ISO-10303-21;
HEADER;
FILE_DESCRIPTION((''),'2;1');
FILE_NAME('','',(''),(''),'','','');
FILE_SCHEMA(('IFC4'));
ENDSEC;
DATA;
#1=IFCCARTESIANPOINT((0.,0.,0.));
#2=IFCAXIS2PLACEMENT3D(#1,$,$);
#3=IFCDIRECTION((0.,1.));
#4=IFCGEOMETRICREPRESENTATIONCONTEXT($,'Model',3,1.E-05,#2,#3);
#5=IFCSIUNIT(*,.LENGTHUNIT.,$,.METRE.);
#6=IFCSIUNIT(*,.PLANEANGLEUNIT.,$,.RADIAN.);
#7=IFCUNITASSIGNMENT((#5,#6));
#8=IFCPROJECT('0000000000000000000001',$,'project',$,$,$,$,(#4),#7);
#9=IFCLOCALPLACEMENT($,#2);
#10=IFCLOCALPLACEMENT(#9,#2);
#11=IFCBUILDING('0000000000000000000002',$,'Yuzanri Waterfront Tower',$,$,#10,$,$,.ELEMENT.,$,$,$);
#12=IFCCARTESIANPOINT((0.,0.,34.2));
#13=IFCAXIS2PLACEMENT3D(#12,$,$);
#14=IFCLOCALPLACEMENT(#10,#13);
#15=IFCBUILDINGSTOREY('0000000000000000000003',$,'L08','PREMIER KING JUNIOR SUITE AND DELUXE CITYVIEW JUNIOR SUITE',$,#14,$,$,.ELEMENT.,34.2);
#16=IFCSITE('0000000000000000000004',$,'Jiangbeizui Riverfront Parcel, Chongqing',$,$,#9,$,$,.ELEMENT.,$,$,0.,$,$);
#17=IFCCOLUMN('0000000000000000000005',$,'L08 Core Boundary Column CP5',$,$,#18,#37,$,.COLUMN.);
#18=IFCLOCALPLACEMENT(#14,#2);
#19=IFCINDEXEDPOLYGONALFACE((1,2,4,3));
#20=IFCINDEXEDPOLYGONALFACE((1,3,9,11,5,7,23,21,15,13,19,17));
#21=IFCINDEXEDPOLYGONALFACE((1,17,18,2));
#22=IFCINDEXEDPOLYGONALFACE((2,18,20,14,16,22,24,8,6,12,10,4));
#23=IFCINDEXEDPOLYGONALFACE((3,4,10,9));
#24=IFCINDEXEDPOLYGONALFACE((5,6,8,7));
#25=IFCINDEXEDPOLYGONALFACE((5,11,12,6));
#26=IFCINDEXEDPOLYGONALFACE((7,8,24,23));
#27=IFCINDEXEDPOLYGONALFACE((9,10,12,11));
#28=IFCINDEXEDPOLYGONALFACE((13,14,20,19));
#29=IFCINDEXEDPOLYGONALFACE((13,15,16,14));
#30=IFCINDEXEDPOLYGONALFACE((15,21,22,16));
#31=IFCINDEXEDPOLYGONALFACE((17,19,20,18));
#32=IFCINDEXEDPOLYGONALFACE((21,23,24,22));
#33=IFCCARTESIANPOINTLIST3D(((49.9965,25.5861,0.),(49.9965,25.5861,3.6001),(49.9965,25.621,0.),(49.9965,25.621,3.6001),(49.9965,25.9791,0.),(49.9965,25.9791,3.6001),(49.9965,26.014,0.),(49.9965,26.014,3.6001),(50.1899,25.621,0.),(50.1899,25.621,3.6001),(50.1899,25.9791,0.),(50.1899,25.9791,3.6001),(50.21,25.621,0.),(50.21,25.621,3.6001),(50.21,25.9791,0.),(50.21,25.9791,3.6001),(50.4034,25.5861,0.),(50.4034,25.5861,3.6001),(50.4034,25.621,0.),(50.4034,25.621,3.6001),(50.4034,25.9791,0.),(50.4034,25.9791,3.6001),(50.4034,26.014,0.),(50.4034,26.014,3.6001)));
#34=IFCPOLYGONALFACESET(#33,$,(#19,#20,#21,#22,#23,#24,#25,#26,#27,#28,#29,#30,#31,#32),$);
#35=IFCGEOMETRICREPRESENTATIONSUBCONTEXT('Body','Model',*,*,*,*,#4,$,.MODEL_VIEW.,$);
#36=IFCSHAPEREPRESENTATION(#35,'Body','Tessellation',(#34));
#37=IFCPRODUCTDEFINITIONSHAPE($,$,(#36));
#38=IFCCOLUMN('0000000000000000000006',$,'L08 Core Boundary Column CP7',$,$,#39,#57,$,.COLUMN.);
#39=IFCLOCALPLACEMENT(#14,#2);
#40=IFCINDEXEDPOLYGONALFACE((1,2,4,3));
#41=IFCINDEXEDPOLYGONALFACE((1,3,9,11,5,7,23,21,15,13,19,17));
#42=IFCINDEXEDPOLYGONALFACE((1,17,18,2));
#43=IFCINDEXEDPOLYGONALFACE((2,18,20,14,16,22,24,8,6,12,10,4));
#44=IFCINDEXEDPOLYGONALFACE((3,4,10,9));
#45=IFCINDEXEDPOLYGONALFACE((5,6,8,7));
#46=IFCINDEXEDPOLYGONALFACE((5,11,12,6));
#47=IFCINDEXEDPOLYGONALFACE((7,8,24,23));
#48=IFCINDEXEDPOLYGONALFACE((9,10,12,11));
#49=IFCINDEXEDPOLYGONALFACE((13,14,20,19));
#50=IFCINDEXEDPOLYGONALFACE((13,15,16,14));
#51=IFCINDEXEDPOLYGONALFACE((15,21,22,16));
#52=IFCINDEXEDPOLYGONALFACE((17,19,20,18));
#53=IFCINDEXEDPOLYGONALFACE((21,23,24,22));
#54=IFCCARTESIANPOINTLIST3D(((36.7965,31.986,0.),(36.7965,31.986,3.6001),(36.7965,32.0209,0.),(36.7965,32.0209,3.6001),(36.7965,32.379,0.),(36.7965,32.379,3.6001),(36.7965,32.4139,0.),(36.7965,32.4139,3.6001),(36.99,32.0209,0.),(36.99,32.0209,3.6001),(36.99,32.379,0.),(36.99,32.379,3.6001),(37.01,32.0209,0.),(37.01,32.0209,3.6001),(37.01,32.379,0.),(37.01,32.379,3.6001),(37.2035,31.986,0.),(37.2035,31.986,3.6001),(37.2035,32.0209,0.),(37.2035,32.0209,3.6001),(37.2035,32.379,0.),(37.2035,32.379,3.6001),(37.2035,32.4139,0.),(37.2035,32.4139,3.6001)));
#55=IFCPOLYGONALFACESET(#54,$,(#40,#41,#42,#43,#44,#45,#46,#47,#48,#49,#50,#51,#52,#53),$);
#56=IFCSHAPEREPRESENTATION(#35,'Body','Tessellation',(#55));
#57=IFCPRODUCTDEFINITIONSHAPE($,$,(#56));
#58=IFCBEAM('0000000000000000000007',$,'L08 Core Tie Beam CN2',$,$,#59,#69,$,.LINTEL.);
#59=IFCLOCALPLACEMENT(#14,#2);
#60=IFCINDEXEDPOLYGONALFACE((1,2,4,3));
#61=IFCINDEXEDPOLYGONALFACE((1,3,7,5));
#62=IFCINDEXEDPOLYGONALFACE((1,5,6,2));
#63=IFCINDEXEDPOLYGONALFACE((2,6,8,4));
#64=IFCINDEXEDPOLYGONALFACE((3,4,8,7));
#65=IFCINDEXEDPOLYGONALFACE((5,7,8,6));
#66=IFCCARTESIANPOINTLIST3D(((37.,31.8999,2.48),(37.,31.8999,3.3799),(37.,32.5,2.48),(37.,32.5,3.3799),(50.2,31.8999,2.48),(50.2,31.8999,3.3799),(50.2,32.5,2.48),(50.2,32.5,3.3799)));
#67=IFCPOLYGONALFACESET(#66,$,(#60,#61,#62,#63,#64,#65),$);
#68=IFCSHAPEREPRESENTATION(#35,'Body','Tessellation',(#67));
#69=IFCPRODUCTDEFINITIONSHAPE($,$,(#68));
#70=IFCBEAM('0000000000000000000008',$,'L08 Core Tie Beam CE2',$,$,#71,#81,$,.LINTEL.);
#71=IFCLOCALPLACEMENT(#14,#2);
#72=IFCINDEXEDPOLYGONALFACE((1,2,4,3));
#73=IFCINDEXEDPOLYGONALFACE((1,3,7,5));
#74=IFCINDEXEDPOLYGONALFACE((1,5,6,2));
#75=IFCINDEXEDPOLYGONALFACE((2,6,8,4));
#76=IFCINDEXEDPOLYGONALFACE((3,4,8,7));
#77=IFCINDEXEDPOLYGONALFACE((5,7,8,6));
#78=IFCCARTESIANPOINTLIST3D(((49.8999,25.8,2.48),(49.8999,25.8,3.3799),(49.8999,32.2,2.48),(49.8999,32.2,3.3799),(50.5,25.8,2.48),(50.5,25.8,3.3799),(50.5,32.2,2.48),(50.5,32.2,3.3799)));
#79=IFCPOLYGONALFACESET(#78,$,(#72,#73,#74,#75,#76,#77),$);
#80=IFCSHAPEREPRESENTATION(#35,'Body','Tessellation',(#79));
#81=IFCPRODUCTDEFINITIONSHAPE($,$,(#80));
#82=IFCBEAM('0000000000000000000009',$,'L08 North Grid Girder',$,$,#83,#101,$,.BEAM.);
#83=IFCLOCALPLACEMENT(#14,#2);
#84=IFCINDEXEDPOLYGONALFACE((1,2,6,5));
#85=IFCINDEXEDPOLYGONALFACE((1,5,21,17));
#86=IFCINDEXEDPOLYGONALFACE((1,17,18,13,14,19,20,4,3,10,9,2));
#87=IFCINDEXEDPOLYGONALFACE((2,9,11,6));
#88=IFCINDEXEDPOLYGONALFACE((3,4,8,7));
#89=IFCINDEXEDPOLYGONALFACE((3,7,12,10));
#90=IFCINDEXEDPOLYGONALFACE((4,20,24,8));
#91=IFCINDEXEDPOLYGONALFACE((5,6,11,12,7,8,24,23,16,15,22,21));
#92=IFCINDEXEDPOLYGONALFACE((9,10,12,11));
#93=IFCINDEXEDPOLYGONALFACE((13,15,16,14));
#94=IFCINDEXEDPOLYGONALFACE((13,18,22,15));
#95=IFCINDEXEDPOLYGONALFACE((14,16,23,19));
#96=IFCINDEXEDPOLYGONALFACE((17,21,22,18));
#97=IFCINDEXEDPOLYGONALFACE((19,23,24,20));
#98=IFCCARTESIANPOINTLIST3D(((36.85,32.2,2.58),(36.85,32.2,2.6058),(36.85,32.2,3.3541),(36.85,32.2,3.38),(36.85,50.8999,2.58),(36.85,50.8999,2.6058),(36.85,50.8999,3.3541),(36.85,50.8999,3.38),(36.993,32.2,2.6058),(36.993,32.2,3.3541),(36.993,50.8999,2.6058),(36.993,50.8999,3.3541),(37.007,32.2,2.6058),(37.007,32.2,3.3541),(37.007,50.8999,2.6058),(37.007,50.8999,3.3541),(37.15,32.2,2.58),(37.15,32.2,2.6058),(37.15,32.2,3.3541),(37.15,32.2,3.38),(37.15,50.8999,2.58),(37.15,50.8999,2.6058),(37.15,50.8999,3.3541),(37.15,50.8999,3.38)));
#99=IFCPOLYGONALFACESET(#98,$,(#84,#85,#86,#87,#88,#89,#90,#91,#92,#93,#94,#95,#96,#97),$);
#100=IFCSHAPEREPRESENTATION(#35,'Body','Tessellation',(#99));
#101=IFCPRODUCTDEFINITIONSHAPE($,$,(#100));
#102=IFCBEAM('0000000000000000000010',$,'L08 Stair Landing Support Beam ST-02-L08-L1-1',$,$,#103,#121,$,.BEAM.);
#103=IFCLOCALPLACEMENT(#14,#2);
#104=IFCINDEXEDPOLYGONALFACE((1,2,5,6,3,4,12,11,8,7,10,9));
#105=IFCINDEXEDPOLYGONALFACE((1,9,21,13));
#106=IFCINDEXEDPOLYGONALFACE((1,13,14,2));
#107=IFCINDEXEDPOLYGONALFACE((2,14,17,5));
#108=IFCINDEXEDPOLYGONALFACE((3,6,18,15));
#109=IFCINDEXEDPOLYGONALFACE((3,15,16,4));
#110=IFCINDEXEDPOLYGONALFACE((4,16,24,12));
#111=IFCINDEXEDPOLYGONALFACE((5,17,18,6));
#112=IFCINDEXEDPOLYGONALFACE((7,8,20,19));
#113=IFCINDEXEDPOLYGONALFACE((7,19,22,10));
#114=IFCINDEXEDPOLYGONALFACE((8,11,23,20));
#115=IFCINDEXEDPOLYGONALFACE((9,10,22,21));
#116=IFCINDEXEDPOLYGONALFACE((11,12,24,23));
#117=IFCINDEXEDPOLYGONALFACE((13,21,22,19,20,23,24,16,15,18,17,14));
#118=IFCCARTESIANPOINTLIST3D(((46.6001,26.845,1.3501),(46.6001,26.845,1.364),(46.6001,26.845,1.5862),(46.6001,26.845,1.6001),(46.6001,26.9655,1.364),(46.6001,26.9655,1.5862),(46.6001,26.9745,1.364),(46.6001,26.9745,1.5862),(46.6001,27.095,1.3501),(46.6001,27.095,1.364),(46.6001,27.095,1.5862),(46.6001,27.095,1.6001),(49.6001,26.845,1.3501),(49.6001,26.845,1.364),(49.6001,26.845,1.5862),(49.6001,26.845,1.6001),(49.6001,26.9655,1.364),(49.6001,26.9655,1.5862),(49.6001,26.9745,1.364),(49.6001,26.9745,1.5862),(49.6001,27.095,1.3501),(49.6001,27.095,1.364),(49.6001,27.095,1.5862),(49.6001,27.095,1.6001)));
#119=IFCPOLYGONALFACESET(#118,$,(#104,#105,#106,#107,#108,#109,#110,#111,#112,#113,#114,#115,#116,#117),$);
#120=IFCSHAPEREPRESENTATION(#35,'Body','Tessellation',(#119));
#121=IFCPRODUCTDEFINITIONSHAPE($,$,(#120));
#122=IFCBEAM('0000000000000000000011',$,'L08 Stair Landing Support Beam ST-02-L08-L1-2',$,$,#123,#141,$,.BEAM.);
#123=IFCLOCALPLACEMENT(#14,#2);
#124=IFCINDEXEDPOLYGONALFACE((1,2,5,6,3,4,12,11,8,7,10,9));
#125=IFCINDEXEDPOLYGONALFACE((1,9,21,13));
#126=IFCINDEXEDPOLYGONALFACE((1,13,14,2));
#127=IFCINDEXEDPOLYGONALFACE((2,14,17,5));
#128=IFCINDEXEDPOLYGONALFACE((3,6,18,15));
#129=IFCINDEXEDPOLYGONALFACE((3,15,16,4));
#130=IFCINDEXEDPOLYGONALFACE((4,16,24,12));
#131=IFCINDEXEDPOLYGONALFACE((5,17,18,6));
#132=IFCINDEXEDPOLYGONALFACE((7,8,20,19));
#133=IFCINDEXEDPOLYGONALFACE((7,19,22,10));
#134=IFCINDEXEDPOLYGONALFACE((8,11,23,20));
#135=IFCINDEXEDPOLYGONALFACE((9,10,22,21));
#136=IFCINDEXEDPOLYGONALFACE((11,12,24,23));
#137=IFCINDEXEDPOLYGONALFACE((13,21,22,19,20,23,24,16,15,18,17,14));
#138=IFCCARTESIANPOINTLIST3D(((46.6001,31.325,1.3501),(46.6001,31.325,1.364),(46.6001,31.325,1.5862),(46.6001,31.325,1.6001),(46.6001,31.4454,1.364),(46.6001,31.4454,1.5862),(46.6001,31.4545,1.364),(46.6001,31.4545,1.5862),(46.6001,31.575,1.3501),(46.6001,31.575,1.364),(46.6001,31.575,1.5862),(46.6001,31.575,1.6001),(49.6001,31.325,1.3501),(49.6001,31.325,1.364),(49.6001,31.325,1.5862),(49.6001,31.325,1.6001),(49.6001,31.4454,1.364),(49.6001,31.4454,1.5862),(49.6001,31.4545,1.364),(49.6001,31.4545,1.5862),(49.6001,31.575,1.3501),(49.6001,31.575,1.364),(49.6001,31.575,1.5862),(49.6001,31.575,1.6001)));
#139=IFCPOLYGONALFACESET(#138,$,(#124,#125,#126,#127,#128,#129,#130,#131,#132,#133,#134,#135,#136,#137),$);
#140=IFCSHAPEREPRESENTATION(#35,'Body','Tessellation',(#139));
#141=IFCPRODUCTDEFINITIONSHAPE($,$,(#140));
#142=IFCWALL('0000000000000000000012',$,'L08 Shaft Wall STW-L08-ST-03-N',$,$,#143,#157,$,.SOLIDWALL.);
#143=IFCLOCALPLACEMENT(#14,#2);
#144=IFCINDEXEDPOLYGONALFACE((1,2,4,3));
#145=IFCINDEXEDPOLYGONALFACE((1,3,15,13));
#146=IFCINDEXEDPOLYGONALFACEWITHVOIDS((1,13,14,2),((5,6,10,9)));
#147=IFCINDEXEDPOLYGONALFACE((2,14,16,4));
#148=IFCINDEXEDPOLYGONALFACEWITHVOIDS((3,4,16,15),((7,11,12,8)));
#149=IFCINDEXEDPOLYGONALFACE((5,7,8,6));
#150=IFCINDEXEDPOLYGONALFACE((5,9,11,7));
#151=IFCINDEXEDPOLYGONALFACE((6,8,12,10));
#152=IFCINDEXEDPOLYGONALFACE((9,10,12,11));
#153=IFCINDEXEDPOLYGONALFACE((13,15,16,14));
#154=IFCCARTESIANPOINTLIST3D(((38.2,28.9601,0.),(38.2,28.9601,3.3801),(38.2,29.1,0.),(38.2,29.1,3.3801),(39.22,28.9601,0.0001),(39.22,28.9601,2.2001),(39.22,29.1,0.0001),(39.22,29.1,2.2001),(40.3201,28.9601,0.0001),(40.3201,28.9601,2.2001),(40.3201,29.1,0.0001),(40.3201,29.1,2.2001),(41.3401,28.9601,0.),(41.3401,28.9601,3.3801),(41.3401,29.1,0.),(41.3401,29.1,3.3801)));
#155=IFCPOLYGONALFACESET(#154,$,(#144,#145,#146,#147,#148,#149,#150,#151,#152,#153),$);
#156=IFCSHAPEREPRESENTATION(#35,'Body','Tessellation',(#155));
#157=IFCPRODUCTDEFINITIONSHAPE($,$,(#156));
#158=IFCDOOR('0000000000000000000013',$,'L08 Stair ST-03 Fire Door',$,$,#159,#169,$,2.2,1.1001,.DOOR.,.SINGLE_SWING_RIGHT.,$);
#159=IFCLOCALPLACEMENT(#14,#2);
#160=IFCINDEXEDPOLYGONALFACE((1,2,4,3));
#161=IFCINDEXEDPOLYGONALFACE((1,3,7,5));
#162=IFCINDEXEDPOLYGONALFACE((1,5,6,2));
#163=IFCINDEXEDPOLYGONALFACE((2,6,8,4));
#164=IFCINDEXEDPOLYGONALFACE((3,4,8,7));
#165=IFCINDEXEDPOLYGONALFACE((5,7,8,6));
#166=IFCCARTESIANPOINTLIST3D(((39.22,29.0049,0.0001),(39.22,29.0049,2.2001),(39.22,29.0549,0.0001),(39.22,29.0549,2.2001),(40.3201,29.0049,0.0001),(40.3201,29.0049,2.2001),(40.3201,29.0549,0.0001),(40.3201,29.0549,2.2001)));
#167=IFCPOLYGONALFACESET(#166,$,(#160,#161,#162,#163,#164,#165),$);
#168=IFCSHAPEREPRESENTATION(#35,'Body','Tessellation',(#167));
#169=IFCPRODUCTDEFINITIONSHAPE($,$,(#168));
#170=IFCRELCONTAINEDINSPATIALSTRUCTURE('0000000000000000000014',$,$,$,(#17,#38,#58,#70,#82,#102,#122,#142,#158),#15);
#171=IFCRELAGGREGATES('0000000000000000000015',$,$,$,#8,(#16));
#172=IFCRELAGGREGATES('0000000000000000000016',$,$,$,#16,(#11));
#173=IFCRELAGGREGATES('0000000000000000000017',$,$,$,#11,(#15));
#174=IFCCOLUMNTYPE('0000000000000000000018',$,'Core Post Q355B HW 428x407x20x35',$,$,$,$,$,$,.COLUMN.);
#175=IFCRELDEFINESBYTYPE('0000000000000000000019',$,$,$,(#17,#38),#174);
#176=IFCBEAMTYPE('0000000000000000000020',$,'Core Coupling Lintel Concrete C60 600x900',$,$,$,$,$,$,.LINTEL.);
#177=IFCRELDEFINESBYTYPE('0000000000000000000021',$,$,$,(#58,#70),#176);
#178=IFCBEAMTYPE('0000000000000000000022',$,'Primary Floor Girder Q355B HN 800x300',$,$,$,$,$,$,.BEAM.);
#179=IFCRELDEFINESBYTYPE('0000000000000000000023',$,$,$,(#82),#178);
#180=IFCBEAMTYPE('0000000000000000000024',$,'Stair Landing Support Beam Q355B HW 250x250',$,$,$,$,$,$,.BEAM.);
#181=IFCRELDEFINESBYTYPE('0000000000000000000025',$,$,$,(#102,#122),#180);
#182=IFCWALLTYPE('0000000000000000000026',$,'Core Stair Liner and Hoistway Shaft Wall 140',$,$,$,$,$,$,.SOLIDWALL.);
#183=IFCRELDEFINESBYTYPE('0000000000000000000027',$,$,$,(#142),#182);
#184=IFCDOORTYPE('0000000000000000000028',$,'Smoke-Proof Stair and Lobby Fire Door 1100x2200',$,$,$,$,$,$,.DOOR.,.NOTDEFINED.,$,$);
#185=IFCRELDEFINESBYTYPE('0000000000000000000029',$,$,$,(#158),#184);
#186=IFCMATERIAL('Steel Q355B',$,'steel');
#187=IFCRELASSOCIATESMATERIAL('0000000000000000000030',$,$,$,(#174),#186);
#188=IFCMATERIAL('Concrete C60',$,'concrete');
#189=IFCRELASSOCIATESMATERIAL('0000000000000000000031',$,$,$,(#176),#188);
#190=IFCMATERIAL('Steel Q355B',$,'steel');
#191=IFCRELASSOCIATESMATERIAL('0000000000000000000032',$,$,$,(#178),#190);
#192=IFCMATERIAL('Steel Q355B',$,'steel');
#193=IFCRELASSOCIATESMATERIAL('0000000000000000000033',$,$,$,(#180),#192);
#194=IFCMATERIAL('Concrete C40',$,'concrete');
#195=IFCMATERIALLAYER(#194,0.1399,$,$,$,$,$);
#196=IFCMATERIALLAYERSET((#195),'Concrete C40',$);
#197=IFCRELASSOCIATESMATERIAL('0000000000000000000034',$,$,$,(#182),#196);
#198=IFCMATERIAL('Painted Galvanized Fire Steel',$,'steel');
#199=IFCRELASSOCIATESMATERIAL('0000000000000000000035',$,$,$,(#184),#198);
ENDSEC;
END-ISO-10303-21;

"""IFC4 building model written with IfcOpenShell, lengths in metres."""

from ifc_helpers import new_model, si_unit, direction, frame, frame_2d, origin, origin_2d, place, context, subcontext, project, spatial, rectangle, i_section, extrude, source, transform, mapped, material, layer, layer_set, material_profile, profile_set, type_object, element, fill, save


model = new_model("IFC4")

# Units and contexts
model_context = context("Model", 3, precision=1e-05, world=origin(), true_north=direction((0.0, 1.0)))
body_context = subcontext(model_context, "Body", "Model", "MODEL_VIEW")
ifc_project = project(units=[si_unit("LENGTHUNIT", "METRE"), si_unit("PLANEANGLEUNIT", "RADIAN")], contexts=[model_context])

# Site, building, storey
site_placement = place(None, origin())
site = spatial("IfcSite", under=ifc_project, at=site_placement, Name="Jiangbeizui Riverfront Parcel, Chongqing", CompositionType="ELEMENT", RefElevation=0.0)
building_placement = place(site_placement, origin())
building = spatial("IfcBuilding", under=site, at=building_placement, Name="Yuzanri Waterfront Tower", CompositionType="ELEMENT")
storey_placement = place(building_placement, frame((0.0, 0.0, 34.2)))
storey = spatial("IfcBuildingStorey", under=building, at=storey_placement, Name="L08", Description="PREMIER KING JUNIOR SUITE AND DELUXE CITYVIEW JUNIOR SUITE", CompositionType="ELEMENT", Elevation=34.2)

# Columns
ifc_material_1 = material(Name="Steel Q355B", Category="steel")
ifc_material_profile_1 = material_profile(ifc_material_1, i_section(OverallWidth=0.407, OverallDepth=0.428, WebThickness=0.02, FlangeThickness=0.0349, at=origin_2d()), Name="HW 428x407x20x35")
ifc_profile_set_1 = profile_set([ifc_material_profile_1], Name="Steel Q355B")
column_type = type_object("IfcColumnType", Name="Core Post Q355B HW 428x407x20x35", PredefinedType="COLUMN", material=ifc_profile_set_1)
shared_shape_1 = source(origin(), body_context, "Body", "SweptSolid", [
    extrude(i_section(OverallWidth=0.407, OverallDepth=0.428, WebThickness=0.02, FlangeThickness=0.0349, at=origin_2d()), origin(), (0.0, 0.0, 1.0), 3.6001),
])
for number, where, z_axis, x_axis, name in (
    (1, (50.2, 25.8, 0.0), (0.0, 0.0, 1.0), (1.0, 0.0, 0.0), "L08 Core Boundary Column CP5"),
    (2, (37.0, 32.2, 0.0), (0.0, 0.0, 1.0), (1.0, 0.0, 0.0), "L08 Core Boundary Column CP7"),
):
    element("IfcColumn", number, at=place(storey_placement, frame(where, z_axis=z_axis, x_axis=x_axis)), inside=storey, type_object=column_type, Name=name, PredefinedType="COLUMN", context=body_context, shape_type="MappedRepresentation", body=[
        mapped(shared_shape_1, transform((0.0, 0.0, 0.0), scale=1.0)),
    ])

# Beams
ifc_material_2 = material(Name="Concrete C60", Category="concrete")
ifc_material_profile_2 = material_profile(ifc_material_2, rectangle(XDim=0.6001, YDim=0.8999, at=origin_2d()), Name="RC 600x900")
ifc_profile_set_2 = profile_set([ifc_material_profile_2], Name="Concrete C60")
beam_type_1 = type_object("IfcBeamType", Name="Core Coupling Lintel Concrete C60 600x900", PredefinedType="LINTEL", material=ifc_profile_set_2)
shared_shape_2 = source(origin(), body_context, "Body", "SweptSolid", [
    extrude(rectangle(XDim=0.6001, YDim=0.8999, at=origin_2d()), origin(), (0.0, 0.0, 1.0), 13.2),
])
beam_1_placement = place(storey_placement, frame((37.0, 32.2, 2.9299), z_axis=(1.0, 0.0, 0.0), x_axis=(0.0, 1.0, 0.0)))
element("IfcBeam", 3, at=beam_1_placement, inside=storey, type_object=beam_type_1, Name="L08 Core Tie Beam CN2", PredefinedType="LINTEL", context=body_context, shape_type="MappedRepresentation", body=[
    mapped(shared_shape_2, transform((0.0, 0.0, 0.0), scale=1.0)),
])
shared_shape_3 = source(origin(), body_context, "Body", "SweptSolid", [
    extrude(rectangle(XDim=0.6001, YDim=0.8999, at=origin_2d()), origin(), (0.0, 0.0, 1.0), 6.3999),
])
beam_2_placement = place(storey_placement, frame((50.2, 25.8, 2.9299), z_axis=(0.0, 1.0, 0.0), x_axis=(-1.0, 0.0, 0.0)))
element("IfcBeam", 4, at=beam_2_placement, inside=storey, type_object=beam_type_1, Name="L08 Core Tie Beam CE2", PredefinedType="LINTEL", context=body_context, shape_type="MappedRepresentation", body=[
    mapped(shared_shape_3, transform((0.0, 0.0, 0.0), scale=1.0)),
])
ifc_material_3 = material(Name="Steel Q355B", Category="steel")
ifc_material_profile_3 = material_profile(ifc_material_3, i_section(OverallWidth=0.3, OverallDepth=0.8, WebThickness=0.0139, FlangeThickness=0.0259, at=origin_2d()), Name="HN 800x300x14x26")
ifc_profile_set_3 = profile_set([ifc_material_profile_3], Name="Steel Q355B")
beam_type_2 = type_object("IfcBeamType", Name="Primary Floor Girder Q355B HN 800x300", PredefinedType="BEAM", material=ifc_profile_set_3)
shared_shape_4 = source(origin(), body_context, "Body", "SweptSolid", [
    extrude(i_section(OverallWidth=0.3, OverallDepth=0.8, WebThickness=0.0139, FlangeThickness=0.0259, at=origin_2d()), origin(), (0.0, 0.0, 1.0), 18.7),
])
beam_3_placement = place(storey_placement, frame((37.0, 32.2, 2.98), z_axis=(0.0, 1.0, 0.0), x_axis=(-1.0, 0.0, 0.0)))
element("IfcBeam", 5, at=beam_3_placement, inside=storey, type_object=beam_type_2, Name="L08 North Grid Girder", PredefinedType="BEAM", context=body_context, shape_type="MappedRepresentation", body=[
    mapped(shared_shape_4, transform((0.0, 0.0, 0.0), scale=1.0)),
])
ifc_material_4 = material(Name="Steel Q355B", Category="steel")
ifc_material_profile_4 = material_profile(ifc_material_4, i_section(OverallWidth=0.25, OverallDepth=0.25, WebThickness=0.009, FlangeThickness=0.0139, at=origin_2d()), Name="HW 250x250x9x14")
ifc_profile_set_4 = profile_set([ifc_material_profile_4], Name="Steel Q355B")
beam_type_3 = type_object("IfcBeamType", Name="Stair Landing Support Beam Q355B HW 250x250", PredefinedType="BEAM", material=ifc_profile_set_4)
shared_shape_5 = source(origin(), body_context, "Body", "SweptSolid", [
    extrude(i_section(OverallWidth=0.25, OverallDepth=0.25, WebThickness=0.009, FlangeThickness=0.0139, at=origin_2d()), origin(), (0.0, 0.0, 1.0), 3.0),
])
for number, where, z_axis, x_axis, name in (
    (6, (46.6001, 26.97, 1.4751), (1.0, 0.0, 0.0), (0.0, 1.0, 0.0), "L08 Stair Landing Support Beam ST-02-L08-L1-1"),
    (7, (46.6001, 31.45, 1.4751), (1.0, 0.0, 0.0), (0.0, 1.0, 0.0), "L08 Stair Landing Support Beam ST-02-L08-L1-2"),
):
    element("IfcBeam", number, at=place(storey_placement, frame(where, z_axis=z_axis, x_axis=x_axis)), inside=storey, type_object=beam_type_3, Name=name, PredefinedType="BEAM", context=body_context, shape_type="MappedRepresentation", body=[
        mapped(shared_shape_5, transform((0.0, 0.0, 0.0), scale=1.0)),
    ])

# Wall, opening, door
ifc_material_5 = material(Name="Concrete C40", Category="concrete")
ifc_layer_1 = layer(ifc_material_5, 0.1399)
ifc_layer_set_1 = layer_set([ifc_layer_1], Name="Concrete C40")
wall_type = type_object("IfcWallType", Name="Core Stair Liner and Hoistway Shaft Wall 140", PredefinedType="SOLIDWALL", material=ifc_layer_set_1)
wall_1_placement = place(storey_placement, frame((38.2, 29.03, 0.0), z_axis=(0.0, 0.0, 1.0), x_axis=(1.0, 0.0, 0.0)))
wall_1 = element("IfcWall", 8, at=wall_1_placement, inside=storey, type_object=wall_type, Name="L08 Shaft Wall STW-L08-ST-03-N", PredefinedType="SOLIDWALL", context=body_context, shape_type="SweptSolid", body=[
    extrude(rectangle(XDim=3.1401, YDim=0.1399, at=frame_2d((1.5701, 0.0))), origin(), (0.0, 0.0, 1.0), 3.3801),
])
opening_placement = place(wall_1_placement, frame((1.02, 0.0, 0.0)))
opening = element("IfcOpeningElement", 9, at=opening_placement, cuts=wall_1, PredefinedType="OPENING", context=body_context, shape_type="SweptSolid", body=[
    extrude(rectangle(XDim=1.1001, YDim=2.2, at=frame_2d((0.55, 1.1001))), frame((0.0, 0.085, 0.0), z_axis=(0.0, -1.0, 0.0), x_axis=(1.0, 0.0, 0.0)), (0.0, 0.0, 1.0), 0.1697),
])
ifc_material_6 = material(Name="Painted Galvanized Fire Steel", Category="steel")
door_type = type_object("IfcDoorType", Name="Smoke-Proof Stair and Lobby Fire Door 1100x2200", OperationType="NOTDEFINED", PredefinedType="DOOR", material=ifc_material_6)
shared_shape_6 = source(origin(), body_context, "Body", "SweptSolid", [
    extrude(rectangle(XDim=1.1001, YDim=2.2, at=frame_2d((0.55, 1.1001))), frame((0.0, 0.0249, 0.0), z_axis=(0.0, -1.0, 0.0), x_axis=(1.0, 0.0, 0.0)), (0.0, 0.0, 1.0), 0.05),
])
door_placement = place(opening_placement, origin())
door = element("IfcDoor", 10, at=door_placement, inside=storey, type_object=door_type, Name="L08 Stair ST-03 Fire Door", OperationType="SINGLE_SWING_RIGHT", OverallHeight=2.2, OverallWidth=1.1001, PredefinedType="DOOR", context=body_context, shape_type="MappedRepresentation", body=[
    mapped(shared_shape_6, transform((0.0, 0.0, 0.0), scale=1.0)),
])
fill(opening, door)

save(model, "model.ifc")
